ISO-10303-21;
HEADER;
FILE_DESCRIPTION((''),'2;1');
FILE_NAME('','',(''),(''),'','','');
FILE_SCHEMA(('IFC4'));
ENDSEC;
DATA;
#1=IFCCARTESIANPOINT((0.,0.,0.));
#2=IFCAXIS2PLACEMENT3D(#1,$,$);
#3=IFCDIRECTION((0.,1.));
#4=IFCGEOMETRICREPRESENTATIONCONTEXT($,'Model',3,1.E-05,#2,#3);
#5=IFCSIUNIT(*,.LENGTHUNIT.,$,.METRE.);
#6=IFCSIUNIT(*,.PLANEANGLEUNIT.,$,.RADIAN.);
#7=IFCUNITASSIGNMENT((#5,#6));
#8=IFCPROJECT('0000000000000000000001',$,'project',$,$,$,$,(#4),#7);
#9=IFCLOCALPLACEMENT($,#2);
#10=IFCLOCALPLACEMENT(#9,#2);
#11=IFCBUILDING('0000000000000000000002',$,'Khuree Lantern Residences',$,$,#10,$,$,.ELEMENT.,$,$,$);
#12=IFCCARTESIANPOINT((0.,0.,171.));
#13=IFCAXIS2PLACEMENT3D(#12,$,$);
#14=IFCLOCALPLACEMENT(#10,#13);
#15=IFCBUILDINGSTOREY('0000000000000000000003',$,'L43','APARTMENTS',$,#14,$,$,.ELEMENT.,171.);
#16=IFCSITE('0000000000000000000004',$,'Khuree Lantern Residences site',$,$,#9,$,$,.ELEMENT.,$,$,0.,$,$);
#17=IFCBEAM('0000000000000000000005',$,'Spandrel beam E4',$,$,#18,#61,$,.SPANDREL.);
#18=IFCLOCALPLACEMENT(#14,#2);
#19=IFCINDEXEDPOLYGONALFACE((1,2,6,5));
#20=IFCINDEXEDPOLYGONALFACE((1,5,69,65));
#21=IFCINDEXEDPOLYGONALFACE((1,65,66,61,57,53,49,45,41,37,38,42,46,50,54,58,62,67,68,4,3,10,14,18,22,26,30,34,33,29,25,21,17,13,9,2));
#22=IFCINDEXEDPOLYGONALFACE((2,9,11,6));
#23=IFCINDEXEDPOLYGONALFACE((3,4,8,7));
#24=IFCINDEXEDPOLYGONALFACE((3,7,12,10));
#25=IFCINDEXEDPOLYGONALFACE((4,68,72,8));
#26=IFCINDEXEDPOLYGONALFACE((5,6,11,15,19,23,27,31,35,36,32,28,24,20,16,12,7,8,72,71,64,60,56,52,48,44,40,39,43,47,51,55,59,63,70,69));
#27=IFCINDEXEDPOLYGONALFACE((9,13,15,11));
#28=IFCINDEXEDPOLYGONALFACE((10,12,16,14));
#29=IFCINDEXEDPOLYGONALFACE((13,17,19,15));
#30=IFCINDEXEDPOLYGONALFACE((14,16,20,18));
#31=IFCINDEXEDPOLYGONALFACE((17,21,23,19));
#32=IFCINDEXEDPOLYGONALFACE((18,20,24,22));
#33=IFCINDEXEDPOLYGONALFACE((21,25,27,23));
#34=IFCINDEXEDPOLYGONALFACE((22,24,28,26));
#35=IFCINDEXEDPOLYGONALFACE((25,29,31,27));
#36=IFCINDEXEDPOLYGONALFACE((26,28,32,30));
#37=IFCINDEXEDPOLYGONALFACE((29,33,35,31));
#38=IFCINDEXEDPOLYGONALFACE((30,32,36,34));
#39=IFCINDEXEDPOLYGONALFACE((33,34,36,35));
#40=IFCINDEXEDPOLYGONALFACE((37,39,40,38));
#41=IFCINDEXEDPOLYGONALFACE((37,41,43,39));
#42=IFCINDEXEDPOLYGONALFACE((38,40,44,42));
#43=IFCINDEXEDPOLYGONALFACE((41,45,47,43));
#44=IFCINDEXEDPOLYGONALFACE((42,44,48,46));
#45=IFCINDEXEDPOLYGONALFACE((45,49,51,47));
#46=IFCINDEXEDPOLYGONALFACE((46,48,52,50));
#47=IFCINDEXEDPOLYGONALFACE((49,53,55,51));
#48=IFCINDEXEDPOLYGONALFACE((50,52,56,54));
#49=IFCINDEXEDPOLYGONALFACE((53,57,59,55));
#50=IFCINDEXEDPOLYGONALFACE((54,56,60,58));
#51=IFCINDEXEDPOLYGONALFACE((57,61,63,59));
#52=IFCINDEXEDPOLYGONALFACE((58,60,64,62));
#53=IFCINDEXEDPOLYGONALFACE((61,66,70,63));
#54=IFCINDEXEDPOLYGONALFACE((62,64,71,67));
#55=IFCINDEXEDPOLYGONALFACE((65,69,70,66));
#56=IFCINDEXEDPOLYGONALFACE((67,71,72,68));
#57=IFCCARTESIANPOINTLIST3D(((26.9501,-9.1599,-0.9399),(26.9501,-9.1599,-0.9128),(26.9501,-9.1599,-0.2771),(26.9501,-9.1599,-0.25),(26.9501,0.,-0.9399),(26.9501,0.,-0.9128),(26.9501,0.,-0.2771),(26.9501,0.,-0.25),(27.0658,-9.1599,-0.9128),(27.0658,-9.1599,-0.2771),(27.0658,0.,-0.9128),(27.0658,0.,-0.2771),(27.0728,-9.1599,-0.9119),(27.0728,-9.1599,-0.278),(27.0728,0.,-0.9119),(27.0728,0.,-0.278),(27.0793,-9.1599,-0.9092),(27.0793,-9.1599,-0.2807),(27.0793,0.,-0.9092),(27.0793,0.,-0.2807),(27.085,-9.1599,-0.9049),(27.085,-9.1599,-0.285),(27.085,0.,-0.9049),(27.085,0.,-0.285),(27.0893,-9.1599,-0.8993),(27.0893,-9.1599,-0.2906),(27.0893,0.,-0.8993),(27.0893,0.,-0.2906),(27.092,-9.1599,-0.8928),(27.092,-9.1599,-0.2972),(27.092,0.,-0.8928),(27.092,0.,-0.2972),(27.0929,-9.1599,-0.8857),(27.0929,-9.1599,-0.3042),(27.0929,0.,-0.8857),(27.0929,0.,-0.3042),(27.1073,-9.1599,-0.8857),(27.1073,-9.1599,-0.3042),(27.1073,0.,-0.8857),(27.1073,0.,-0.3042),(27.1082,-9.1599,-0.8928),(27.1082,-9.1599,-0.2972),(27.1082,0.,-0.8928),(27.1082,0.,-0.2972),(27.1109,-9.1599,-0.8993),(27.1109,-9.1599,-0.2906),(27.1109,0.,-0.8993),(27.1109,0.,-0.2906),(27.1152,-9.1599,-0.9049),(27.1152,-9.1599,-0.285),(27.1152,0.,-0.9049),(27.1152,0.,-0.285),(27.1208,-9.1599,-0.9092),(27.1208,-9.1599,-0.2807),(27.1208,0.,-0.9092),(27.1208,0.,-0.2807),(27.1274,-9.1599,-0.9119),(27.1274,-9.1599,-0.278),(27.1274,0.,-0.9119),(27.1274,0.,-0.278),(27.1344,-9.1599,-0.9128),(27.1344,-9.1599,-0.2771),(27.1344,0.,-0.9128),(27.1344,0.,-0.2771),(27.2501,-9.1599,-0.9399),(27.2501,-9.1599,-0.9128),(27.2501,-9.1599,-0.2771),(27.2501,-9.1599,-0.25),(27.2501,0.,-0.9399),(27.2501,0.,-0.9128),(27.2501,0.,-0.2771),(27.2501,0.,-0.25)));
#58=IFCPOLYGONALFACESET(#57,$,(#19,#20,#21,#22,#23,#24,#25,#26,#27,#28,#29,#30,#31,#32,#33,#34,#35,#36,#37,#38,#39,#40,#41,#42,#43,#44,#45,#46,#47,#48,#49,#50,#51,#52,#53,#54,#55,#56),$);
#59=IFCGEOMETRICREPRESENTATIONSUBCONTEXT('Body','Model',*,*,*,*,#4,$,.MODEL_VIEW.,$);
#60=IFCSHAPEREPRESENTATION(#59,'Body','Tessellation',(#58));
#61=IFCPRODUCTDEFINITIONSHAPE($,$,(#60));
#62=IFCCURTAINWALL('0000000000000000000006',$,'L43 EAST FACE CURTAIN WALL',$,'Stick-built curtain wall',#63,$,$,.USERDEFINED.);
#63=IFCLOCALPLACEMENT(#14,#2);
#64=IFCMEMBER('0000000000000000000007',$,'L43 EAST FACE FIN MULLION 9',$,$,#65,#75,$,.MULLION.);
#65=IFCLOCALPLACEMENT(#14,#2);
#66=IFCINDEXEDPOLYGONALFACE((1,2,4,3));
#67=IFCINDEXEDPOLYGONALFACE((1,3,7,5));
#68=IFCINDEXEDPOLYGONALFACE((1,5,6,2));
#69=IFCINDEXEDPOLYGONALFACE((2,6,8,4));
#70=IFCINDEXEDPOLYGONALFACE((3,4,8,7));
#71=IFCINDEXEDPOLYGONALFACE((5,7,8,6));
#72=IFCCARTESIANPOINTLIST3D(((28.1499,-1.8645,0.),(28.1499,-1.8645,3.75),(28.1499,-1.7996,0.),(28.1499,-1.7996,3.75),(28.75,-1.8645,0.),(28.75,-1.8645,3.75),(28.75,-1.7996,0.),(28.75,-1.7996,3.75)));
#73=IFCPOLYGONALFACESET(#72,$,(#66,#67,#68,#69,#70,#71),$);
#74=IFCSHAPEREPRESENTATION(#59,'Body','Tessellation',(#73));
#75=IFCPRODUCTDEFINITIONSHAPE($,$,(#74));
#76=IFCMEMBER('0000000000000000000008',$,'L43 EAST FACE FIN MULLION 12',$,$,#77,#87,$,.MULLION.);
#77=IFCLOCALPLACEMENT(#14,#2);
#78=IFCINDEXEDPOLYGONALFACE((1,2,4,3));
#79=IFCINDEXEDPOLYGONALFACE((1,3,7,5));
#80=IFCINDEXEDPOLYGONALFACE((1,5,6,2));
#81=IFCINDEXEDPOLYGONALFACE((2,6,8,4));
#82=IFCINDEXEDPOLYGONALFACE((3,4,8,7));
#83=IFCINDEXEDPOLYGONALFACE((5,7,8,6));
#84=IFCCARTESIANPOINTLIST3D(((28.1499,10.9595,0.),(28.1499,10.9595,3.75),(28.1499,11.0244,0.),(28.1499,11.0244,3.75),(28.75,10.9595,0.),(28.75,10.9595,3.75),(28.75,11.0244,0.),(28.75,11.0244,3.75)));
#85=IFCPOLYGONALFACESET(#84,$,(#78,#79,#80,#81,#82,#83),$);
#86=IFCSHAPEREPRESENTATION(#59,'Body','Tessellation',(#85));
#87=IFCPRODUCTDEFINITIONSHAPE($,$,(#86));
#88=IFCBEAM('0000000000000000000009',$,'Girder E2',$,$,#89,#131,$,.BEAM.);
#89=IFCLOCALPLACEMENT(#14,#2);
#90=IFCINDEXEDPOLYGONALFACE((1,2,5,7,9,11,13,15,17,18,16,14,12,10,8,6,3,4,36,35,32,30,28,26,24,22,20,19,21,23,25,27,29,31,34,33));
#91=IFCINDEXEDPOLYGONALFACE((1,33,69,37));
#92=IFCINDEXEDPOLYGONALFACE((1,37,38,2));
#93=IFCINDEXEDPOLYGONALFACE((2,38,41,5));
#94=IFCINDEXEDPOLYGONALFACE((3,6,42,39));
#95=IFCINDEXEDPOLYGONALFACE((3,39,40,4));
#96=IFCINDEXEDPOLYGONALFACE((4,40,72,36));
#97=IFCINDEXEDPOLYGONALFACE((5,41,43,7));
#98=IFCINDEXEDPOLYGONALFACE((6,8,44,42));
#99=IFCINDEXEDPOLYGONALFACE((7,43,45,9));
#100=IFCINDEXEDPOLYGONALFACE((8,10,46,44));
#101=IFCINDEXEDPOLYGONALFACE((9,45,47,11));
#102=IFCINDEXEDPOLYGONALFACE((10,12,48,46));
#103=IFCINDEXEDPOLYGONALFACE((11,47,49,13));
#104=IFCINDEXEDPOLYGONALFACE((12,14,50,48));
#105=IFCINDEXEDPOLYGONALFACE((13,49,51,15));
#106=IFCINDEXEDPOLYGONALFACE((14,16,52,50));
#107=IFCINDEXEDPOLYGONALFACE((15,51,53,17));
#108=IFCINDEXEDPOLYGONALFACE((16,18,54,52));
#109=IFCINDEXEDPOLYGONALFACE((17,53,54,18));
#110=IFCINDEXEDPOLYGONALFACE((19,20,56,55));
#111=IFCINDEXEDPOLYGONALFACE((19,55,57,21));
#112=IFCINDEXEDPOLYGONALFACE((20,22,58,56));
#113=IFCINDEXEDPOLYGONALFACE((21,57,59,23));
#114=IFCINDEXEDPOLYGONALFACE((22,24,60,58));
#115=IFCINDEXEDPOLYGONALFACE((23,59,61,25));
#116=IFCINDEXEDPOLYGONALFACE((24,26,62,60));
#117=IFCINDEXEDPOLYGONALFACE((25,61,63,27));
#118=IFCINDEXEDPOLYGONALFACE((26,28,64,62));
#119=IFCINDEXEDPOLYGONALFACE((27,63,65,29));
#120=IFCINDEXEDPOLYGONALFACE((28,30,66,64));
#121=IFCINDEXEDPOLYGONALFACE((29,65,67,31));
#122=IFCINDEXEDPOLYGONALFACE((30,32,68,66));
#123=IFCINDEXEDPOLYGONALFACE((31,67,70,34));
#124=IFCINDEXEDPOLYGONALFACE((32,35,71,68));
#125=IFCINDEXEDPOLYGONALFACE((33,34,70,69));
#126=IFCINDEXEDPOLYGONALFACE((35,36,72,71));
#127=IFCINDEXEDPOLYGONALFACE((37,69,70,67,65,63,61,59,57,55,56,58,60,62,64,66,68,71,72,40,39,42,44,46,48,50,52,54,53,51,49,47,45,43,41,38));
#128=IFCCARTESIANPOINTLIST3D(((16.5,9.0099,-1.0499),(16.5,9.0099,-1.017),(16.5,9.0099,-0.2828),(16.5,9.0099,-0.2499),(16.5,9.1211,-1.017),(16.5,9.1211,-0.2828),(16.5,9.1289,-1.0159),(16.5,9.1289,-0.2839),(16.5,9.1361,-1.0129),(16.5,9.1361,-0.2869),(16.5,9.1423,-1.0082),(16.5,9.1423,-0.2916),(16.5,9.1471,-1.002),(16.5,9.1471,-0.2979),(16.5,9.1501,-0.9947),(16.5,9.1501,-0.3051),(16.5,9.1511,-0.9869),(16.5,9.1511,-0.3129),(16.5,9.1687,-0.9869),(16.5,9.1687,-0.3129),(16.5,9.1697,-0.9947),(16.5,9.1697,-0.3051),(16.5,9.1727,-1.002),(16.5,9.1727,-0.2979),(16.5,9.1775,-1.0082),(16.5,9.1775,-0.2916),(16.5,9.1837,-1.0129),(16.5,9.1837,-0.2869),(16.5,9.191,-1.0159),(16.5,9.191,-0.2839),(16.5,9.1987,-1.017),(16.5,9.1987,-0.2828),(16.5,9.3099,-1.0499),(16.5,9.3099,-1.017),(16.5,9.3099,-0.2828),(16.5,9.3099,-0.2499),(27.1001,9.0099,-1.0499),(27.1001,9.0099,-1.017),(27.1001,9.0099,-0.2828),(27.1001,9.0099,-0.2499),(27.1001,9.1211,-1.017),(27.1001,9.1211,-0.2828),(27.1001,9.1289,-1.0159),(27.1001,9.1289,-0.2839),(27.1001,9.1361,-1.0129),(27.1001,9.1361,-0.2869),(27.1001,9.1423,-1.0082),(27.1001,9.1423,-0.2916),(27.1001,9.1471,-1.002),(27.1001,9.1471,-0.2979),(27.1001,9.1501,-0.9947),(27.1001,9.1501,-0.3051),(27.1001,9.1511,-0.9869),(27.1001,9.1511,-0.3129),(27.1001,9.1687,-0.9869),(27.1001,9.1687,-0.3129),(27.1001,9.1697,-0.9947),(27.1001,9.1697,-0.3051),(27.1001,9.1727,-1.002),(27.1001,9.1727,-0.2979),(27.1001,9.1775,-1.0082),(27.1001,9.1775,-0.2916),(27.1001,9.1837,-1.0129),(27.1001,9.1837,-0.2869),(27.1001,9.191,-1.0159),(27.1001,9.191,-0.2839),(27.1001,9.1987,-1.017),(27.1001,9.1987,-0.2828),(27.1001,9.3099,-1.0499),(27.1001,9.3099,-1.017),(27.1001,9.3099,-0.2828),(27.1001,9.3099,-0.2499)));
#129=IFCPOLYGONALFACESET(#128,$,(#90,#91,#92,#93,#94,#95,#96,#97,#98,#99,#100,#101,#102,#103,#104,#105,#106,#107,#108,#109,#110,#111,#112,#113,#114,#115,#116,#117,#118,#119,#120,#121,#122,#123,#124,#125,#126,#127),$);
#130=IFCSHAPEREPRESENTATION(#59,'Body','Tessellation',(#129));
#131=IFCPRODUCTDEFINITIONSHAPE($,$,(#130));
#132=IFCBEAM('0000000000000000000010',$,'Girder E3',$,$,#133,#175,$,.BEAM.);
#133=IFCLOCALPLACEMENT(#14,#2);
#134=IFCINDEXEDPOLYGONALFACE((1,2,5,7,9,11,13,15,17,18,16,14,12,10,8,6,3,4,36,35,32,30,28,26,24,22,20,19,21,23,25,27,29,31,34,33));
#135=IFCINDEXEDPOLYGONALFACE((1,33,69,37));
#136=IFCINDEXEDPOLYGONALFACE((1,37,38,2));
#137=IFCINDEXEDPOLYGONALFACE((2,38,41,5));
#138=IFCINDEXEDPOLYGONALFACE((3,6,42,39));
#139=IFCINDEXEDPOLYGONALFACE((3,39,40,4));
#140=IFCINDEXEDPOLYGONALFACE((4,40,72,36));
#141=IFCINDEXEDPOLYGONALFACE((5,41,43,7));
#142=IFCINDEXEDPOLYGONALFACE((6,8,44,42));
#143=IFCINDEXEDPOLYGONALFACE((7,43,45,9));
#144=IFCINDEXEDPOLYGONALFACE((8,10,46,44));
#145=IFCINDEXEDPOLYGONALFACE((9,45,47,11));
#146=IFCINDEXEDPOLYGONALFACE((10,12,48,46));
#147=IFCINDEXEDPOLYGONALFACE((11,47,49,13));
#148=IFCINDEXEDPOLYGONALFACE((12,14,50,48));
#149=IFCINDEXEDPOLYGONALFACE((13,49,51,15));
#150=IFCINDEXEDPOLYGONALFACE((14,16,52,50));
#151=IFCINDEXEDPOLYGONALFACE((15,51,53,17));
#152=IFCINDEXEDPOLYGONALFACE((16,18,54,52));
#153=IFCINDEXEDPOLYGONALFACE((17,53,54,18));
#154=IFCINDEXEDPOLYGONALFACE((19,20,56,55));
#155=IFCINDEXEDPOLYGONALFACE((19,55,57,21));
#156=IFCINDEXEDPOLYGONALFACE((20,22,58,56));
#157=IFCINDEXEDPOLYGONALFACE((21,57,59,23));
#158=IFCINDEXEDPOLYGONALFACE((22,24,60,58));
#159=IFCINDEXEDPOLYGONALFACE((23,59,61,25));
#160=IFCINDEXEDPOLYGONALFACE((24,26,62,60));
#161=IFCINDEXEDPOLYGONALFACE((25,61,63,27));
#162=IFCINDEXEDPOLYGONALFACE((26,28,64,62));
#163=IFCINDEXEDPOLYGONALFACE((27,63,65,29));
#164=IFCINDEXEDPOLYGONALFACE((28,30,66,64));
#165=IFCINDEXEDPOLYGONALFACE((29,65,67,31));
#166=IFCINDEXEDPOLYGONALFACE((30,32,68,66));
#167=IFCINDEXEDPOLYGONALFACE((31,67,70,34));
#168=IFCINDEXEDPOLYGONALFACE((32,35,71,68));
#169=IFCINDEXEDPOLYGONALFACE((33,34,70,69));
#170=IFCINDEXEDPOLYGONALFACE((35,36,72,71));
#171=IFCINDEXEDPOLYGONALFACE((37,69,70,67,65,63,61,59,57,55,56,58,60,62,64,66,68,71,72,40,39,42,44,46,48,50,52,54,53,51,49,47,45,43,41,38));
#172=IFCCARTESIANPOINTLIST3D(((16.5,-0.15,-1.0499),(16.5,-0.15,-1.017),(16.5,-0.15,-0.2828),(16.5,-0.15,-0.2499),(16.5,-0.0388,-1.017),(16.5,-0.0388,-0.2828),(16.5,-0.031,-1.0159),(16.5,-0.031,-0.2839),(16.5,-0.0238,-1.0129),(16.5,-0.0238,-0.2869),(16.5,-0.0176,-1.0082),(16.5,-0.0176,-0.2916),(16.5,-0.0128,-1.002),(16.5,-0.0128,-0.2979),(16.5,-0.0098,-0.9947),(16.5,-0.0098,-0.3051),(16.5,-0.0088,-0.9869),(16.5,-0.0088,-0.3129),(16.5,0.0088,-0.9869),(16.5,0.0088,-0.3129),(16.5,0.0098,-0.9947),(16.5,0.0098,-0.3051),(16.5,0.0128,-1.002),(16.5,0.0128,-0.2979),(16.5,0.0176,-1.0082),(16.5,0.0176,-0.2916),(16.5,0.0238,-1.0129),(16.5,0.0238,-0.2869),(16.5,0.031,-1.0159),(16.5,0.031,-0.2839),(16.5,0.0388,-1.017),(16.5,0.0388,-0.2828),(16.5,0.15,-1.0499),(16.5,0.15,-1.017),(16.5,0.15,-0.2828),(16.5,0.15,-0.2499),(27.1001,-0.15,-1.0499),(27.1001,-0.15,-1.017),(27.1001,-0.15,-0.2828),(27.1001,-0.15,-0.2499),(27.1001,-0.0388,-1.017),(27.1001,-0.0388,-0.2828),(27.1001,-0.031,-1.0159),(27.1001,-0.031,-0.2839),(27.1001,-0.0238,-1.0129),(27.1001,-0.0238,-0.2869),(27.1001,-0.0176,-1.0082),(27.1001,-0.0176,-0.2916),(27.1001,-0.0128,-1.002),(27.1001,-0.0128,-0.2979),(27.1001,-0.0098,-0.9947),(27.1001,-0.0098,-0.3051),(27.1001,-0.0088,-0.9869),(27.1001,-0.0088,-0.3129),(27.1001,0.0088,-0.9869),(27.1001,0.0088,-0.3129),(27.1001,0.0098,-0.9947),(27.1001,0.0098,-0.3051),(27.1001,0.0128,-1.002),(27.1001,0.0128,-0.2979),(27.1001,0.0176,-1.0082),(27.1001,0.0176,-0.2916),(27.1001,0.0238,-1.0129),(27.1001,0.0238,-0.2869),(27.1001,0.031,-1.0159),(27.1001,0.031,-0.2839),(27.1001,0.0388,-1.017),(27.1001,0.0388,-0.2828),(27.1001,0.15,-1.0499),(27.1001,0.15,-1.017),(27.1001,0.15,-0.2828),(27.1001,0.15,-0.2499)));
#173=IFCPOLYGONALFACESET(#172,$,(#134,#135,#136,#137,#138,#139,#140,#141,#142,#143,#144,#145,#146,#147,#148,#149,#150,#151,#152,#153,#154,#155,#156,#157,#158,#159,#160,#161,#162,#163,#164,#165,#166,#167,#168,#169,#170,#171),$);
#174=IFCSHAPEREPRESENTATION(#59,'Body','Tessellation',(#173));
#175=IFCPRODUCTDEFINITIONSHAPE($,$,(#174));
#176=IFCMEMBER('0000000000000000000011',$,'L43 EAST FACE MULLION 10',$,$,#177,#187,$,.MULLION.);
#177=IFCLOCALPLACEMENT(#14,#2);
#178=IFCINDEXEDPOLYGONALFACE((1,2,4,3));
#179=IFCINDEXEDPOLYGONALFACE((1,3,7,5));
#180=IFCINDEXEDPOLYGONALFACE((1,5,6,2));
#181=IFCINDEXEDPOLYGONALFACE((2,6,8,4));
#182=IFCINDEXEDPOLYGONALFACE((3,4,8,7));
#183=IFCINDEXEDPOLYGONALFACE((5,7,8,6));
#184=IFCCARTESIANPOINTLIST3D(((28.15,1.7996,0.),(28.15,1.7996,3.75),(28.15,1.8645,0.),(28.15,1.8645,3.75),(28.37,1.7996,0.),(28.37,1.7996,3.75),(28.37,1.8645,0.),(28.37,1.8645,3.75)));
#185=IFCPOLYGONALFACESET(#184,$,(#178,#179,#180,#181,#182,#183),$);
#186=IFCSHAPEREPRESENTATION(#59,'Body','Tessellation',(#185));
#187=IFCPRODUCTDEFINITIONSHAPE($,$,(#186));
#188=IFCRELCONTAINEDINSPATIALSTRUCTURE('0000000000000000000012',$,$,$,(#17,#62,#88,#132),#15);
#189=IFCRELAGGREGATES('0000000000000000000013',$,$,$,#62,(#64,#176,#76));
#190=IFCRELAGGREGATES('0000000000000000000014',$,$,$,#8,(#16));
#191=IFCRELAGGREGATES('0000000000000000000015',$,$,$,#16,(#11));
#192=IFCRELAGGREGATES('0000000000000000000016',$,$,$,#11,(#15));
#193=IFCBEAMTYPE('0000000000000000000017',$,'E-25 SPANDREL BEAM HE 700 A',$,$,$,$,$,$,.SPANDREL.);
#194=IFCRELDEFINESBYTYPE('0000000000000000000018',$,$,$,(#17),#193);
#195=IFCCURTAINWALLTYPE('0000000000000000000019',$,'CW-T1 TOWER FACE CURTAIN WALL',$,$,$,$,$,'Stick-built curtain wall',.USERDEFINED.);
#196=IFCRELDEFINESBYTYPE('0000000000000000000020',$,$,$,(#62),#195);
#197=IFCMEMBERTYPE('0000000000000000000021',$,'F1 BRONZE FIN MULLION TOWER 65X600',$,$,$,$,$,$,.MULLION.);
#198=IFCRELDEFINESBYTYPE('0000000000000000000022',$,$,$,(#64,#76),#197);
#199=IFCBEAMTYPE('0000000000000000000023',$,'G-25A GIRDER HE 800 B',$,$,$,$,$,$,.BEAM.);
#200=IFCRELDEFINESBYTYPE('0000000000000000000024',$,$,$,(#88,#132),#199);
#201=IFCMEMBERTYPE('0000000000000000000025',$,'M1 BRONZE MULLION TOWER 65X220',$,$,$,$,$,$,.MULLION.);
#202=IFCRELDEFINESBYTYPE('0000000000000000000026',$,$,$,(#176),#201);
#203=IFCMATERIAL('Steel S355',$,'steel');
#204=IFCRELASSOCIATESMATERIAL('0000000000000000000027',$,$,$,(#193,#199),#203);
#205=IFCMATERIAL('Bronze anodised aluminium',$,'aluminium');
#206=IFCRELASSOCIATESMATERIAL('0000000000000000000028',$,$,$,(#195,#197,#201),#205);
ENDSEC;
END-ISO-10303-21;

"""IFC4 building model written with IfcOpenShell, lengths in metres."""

from ifc_helpers import new_model, si_unit, direction, frame, origin, origin_2d, place, context, subcontext, project, spatial, rectangle, i_section, extrude, material, material_profile, profile_set, type_object, element, aggregate, save


model = new_model("IFC4")

# Units and contexts
model_context = context("Model", 3, precision=1e-05, world=origin(), true_north=direction((0.0, 1.0)))
body_context = subcontext(model_context, "Body", "Model", "MODEL_VIEW")
ifc_project = project(units=[si_unit("LENGTHUNIT", "METRE"), si_unit("PLANEANGLEUNIT", "RADIAN")], contexts=[model_context])

# Site, building, storey
site_placement = place(None, origin())
site = spatial("IfcSite", under=ifc_project, at=site_placement, Name="Khuree Lantern Residences site", CompositionType="ELEMENT", RefElevation=0.0)
building_placement = place(site_placement, origin())
building = spatial("IfcBuilding", under=site, at=building_placement, Name="Khuree Lantern Residences", CompositionType="ELEMENT")
storey_placement = place(building_placement, frame((0.0, 0.0, 171.0)))
storey = spatial("IfcBuildingStorey", under=building, at=storey_placement, Name="L43", Description="APARTMENTS", CompositionType="ELEMENT", Elevation=171.0)

# Beam
ifc_material_1 = material(Name="Steel S355", Category="steel")
ifc_material_profile_1 = material_profile(ifc_material_1, i_section(OverallWidth=0.3, OverallDepth=0.6899, WebThickness=0.0144, FlangeThickness=0.0271, FilletRadius=0.0271, at=origin_2d()), Name="HE 700 A")
ifc_profile_set_1 = profile_set([ifc_material_profile_1], Name="Steel S355")
beam_type_1 = type_object("IfcBeamType", Name="E-25 SPANDREL BEAM HE 700 A", PredefinedType="SPANDREL", material=ifc_profile_set_1)
for number, where, z_axis, x_axis, name in (
    (1, (27.1001, 0.0, -0.595), (0.0, -1.0, 0.0), (1.0, 0.0, 0.0), "Spandrel beam E4"),
):
    element("IfcBeam", number, at=place(storey_placement, frame(where, z_axis=z_axis, x_axis=x_axis)), inside=storey, type_object=beam_type_1, Name=name, PredefinedType="SPANDREL", context=body_context, shape_type="SweptSolid", body=[
        extrude(i_section(OverallWidth=0.3, OverallDepth=0.6899, WebThickness=0.0144, FlangeThickness=0.0271, FilletRadius=0.0271, at=origin_2d()), origin(), (0.0, 0.0, 1.0), 9.1599),
    ])

# Curtain wall, members
ifc_material_2 = material(Name="Bronze anodised aluminium", Category="aluminium")
curtain_wall_type = type_object("IfcCurtainWallType", Name="CW-T1 TOWER FACE CURTAIN WALL", ElementType="Stick-built curtain wall", PredefinedType="USERDEFINED", material=ifc_material_2)
curtain_wall_placement = place(storey_placement, origin())
curtain_wall = element("IfcCurtainWall", 2, at=curtain_wall_placement, inside=storey, type_object=curtain_wall_type, Name="L43 EAST FACE CURTAIN WALL", ObjectType="Stick-built curtain wall", PredefinedType="USERDEFINED")
ifc_material_profile_2 = material_profile(ifc_material_2, rectangle(XDim=0.0649, YDim=0.6001, at=origin_2d()), Name="F1 65X600")
ifc_profile_set_2 = profile_set([ifc_material_profile_2], Name="Bronze anodised aluminium")
member_type_1 = type_object("IfcMemberType", Name="F1 BRONZE FIN MULLION TOWER 65X600", PredefinedType="MULLION", material=ifc_profile_set_2)
member_1_placement = place(storey_placement, frame((28.45, -1.832, 0.0), z_axis=(0.0, 0.0, 1.0), x_axis=(0.0, 1.0, 0.0)))
member_1 = element("IfcMember", 3, at=member_1_placement, type_object=member_type_1, Name="L43 EAST FACE FIN MULLION 9", PredefinedType="MULLION", context=body_context, shape_type="SweptSolid", body=[
    extrude(rectangle(XDim=0.0649, YDim=0.6001, at=origin_2d()), origin(), (0.0, 0.0, 1.0), 3.75),
])
member_2_placement = place(storey_placement, frame((28.45, 10.9919, 0.0), z_axis=(0.0, 0.0, 1.0), x_axis=(0.0, 1.0, 0.0)))
member_2 = element("IfcMember", 4, at=member_2_placement, type_object=member_type_1, Name="L43 EAST FACE FIN MULLION 12", PredefinedType="MULLION", context=body_context, shape_type="SweptSolid", body=[
    extrude(rectangle(XDim=0.0649, YDim=0.6001, at=origin_2d()), origin(), (0.0, 0.0, 1.0), 3.75),
])

# Beams
ifc_material_profile_3 = material_profile(ifc_material_1, i_section(OverallWidth=0.3, OverallDepth=0.8, WebThickness=0.0176, FlangeThickness=0.033, FilletRadius=0.03, at=origin_2d()), Name="HE 800 B")
ifc_profile_set_3 = profile_set([ifc_material_profile_3], Name="Steel S355")
beam_type_2 = type_object("IfcBeamType", Name="G-25A GIRDER HE 800 B", PredefinedType="BEAM", material=ifc_profile_set_3)
for number, where, z_axis, x_axis, name in (
    (5, (27.1001, 9.1599, -0.6499), (-1.0, 0.0, 0.0), (0.0, -1.0, 0.0), "Girder E2"),
    (6, (27.1001, 0.0, -0.6499), (-1.0, 0.0, 0.0), (0.0, -1.0, 0.0), "Girder E3"),
):
    element("IfcBeam", number, at=place(storey_placement, frame(where, z_axis=z_axis, x_axis=x_axis)), inside=storey, type_object=beam_type_2, Name=name, PredefinedType="BEAM", context=body_context, shape_type="SweptSolid", body=[
        extrude(i_section(OverallWidth=0.3, OverallDepth=0.8, WebThickness=0.0176, FlangeThickness=0.033, FilletRadius=0.03, at=origin_2d()), origin(), (0.0, 0.0, 1.0), 10.6001),
    ])

# Member
ifc_material_profile_4 = material_profile(ifc_material_2, rectangle(XDim=0.0649, YDim=0.22, at=origin_2d()), Name="M1 65X220")
ifc_profile_set_4 = profile_set([ifc_material_profile_4], Name="Bronze anodised aluminium")
member_type_2 = type_object("IfcMemberType", Name="M1 BRONZE MULLION TOWER 65X220", PredefinedType="MULLION", material=ifc_profile_set_4)
member_3_placement = place(storey_placement, frame((28.26, 1.832, 0.0), z_axis=(0.0, 0.0, 1.0), x_axis=(0.0, 1.0, 0.0)))
member_3 = element("IfcMember", 7, at=member_3_placement, type_object=member_type_2, Name="L43 EAST FACE MULLION 10", PredefinedType="MULLION", context=body_context, shape_type="SweptSolid", body=[
    extrude(rectangle(XDim=0.0649, YDim=0.22, at=origin_2d()), origin(), (0.0, 0.0, 1.0), 3.75),
])

aggregate(curtain_wall, [member_1, member_3, member_2])

save(model, "model.ifc")
